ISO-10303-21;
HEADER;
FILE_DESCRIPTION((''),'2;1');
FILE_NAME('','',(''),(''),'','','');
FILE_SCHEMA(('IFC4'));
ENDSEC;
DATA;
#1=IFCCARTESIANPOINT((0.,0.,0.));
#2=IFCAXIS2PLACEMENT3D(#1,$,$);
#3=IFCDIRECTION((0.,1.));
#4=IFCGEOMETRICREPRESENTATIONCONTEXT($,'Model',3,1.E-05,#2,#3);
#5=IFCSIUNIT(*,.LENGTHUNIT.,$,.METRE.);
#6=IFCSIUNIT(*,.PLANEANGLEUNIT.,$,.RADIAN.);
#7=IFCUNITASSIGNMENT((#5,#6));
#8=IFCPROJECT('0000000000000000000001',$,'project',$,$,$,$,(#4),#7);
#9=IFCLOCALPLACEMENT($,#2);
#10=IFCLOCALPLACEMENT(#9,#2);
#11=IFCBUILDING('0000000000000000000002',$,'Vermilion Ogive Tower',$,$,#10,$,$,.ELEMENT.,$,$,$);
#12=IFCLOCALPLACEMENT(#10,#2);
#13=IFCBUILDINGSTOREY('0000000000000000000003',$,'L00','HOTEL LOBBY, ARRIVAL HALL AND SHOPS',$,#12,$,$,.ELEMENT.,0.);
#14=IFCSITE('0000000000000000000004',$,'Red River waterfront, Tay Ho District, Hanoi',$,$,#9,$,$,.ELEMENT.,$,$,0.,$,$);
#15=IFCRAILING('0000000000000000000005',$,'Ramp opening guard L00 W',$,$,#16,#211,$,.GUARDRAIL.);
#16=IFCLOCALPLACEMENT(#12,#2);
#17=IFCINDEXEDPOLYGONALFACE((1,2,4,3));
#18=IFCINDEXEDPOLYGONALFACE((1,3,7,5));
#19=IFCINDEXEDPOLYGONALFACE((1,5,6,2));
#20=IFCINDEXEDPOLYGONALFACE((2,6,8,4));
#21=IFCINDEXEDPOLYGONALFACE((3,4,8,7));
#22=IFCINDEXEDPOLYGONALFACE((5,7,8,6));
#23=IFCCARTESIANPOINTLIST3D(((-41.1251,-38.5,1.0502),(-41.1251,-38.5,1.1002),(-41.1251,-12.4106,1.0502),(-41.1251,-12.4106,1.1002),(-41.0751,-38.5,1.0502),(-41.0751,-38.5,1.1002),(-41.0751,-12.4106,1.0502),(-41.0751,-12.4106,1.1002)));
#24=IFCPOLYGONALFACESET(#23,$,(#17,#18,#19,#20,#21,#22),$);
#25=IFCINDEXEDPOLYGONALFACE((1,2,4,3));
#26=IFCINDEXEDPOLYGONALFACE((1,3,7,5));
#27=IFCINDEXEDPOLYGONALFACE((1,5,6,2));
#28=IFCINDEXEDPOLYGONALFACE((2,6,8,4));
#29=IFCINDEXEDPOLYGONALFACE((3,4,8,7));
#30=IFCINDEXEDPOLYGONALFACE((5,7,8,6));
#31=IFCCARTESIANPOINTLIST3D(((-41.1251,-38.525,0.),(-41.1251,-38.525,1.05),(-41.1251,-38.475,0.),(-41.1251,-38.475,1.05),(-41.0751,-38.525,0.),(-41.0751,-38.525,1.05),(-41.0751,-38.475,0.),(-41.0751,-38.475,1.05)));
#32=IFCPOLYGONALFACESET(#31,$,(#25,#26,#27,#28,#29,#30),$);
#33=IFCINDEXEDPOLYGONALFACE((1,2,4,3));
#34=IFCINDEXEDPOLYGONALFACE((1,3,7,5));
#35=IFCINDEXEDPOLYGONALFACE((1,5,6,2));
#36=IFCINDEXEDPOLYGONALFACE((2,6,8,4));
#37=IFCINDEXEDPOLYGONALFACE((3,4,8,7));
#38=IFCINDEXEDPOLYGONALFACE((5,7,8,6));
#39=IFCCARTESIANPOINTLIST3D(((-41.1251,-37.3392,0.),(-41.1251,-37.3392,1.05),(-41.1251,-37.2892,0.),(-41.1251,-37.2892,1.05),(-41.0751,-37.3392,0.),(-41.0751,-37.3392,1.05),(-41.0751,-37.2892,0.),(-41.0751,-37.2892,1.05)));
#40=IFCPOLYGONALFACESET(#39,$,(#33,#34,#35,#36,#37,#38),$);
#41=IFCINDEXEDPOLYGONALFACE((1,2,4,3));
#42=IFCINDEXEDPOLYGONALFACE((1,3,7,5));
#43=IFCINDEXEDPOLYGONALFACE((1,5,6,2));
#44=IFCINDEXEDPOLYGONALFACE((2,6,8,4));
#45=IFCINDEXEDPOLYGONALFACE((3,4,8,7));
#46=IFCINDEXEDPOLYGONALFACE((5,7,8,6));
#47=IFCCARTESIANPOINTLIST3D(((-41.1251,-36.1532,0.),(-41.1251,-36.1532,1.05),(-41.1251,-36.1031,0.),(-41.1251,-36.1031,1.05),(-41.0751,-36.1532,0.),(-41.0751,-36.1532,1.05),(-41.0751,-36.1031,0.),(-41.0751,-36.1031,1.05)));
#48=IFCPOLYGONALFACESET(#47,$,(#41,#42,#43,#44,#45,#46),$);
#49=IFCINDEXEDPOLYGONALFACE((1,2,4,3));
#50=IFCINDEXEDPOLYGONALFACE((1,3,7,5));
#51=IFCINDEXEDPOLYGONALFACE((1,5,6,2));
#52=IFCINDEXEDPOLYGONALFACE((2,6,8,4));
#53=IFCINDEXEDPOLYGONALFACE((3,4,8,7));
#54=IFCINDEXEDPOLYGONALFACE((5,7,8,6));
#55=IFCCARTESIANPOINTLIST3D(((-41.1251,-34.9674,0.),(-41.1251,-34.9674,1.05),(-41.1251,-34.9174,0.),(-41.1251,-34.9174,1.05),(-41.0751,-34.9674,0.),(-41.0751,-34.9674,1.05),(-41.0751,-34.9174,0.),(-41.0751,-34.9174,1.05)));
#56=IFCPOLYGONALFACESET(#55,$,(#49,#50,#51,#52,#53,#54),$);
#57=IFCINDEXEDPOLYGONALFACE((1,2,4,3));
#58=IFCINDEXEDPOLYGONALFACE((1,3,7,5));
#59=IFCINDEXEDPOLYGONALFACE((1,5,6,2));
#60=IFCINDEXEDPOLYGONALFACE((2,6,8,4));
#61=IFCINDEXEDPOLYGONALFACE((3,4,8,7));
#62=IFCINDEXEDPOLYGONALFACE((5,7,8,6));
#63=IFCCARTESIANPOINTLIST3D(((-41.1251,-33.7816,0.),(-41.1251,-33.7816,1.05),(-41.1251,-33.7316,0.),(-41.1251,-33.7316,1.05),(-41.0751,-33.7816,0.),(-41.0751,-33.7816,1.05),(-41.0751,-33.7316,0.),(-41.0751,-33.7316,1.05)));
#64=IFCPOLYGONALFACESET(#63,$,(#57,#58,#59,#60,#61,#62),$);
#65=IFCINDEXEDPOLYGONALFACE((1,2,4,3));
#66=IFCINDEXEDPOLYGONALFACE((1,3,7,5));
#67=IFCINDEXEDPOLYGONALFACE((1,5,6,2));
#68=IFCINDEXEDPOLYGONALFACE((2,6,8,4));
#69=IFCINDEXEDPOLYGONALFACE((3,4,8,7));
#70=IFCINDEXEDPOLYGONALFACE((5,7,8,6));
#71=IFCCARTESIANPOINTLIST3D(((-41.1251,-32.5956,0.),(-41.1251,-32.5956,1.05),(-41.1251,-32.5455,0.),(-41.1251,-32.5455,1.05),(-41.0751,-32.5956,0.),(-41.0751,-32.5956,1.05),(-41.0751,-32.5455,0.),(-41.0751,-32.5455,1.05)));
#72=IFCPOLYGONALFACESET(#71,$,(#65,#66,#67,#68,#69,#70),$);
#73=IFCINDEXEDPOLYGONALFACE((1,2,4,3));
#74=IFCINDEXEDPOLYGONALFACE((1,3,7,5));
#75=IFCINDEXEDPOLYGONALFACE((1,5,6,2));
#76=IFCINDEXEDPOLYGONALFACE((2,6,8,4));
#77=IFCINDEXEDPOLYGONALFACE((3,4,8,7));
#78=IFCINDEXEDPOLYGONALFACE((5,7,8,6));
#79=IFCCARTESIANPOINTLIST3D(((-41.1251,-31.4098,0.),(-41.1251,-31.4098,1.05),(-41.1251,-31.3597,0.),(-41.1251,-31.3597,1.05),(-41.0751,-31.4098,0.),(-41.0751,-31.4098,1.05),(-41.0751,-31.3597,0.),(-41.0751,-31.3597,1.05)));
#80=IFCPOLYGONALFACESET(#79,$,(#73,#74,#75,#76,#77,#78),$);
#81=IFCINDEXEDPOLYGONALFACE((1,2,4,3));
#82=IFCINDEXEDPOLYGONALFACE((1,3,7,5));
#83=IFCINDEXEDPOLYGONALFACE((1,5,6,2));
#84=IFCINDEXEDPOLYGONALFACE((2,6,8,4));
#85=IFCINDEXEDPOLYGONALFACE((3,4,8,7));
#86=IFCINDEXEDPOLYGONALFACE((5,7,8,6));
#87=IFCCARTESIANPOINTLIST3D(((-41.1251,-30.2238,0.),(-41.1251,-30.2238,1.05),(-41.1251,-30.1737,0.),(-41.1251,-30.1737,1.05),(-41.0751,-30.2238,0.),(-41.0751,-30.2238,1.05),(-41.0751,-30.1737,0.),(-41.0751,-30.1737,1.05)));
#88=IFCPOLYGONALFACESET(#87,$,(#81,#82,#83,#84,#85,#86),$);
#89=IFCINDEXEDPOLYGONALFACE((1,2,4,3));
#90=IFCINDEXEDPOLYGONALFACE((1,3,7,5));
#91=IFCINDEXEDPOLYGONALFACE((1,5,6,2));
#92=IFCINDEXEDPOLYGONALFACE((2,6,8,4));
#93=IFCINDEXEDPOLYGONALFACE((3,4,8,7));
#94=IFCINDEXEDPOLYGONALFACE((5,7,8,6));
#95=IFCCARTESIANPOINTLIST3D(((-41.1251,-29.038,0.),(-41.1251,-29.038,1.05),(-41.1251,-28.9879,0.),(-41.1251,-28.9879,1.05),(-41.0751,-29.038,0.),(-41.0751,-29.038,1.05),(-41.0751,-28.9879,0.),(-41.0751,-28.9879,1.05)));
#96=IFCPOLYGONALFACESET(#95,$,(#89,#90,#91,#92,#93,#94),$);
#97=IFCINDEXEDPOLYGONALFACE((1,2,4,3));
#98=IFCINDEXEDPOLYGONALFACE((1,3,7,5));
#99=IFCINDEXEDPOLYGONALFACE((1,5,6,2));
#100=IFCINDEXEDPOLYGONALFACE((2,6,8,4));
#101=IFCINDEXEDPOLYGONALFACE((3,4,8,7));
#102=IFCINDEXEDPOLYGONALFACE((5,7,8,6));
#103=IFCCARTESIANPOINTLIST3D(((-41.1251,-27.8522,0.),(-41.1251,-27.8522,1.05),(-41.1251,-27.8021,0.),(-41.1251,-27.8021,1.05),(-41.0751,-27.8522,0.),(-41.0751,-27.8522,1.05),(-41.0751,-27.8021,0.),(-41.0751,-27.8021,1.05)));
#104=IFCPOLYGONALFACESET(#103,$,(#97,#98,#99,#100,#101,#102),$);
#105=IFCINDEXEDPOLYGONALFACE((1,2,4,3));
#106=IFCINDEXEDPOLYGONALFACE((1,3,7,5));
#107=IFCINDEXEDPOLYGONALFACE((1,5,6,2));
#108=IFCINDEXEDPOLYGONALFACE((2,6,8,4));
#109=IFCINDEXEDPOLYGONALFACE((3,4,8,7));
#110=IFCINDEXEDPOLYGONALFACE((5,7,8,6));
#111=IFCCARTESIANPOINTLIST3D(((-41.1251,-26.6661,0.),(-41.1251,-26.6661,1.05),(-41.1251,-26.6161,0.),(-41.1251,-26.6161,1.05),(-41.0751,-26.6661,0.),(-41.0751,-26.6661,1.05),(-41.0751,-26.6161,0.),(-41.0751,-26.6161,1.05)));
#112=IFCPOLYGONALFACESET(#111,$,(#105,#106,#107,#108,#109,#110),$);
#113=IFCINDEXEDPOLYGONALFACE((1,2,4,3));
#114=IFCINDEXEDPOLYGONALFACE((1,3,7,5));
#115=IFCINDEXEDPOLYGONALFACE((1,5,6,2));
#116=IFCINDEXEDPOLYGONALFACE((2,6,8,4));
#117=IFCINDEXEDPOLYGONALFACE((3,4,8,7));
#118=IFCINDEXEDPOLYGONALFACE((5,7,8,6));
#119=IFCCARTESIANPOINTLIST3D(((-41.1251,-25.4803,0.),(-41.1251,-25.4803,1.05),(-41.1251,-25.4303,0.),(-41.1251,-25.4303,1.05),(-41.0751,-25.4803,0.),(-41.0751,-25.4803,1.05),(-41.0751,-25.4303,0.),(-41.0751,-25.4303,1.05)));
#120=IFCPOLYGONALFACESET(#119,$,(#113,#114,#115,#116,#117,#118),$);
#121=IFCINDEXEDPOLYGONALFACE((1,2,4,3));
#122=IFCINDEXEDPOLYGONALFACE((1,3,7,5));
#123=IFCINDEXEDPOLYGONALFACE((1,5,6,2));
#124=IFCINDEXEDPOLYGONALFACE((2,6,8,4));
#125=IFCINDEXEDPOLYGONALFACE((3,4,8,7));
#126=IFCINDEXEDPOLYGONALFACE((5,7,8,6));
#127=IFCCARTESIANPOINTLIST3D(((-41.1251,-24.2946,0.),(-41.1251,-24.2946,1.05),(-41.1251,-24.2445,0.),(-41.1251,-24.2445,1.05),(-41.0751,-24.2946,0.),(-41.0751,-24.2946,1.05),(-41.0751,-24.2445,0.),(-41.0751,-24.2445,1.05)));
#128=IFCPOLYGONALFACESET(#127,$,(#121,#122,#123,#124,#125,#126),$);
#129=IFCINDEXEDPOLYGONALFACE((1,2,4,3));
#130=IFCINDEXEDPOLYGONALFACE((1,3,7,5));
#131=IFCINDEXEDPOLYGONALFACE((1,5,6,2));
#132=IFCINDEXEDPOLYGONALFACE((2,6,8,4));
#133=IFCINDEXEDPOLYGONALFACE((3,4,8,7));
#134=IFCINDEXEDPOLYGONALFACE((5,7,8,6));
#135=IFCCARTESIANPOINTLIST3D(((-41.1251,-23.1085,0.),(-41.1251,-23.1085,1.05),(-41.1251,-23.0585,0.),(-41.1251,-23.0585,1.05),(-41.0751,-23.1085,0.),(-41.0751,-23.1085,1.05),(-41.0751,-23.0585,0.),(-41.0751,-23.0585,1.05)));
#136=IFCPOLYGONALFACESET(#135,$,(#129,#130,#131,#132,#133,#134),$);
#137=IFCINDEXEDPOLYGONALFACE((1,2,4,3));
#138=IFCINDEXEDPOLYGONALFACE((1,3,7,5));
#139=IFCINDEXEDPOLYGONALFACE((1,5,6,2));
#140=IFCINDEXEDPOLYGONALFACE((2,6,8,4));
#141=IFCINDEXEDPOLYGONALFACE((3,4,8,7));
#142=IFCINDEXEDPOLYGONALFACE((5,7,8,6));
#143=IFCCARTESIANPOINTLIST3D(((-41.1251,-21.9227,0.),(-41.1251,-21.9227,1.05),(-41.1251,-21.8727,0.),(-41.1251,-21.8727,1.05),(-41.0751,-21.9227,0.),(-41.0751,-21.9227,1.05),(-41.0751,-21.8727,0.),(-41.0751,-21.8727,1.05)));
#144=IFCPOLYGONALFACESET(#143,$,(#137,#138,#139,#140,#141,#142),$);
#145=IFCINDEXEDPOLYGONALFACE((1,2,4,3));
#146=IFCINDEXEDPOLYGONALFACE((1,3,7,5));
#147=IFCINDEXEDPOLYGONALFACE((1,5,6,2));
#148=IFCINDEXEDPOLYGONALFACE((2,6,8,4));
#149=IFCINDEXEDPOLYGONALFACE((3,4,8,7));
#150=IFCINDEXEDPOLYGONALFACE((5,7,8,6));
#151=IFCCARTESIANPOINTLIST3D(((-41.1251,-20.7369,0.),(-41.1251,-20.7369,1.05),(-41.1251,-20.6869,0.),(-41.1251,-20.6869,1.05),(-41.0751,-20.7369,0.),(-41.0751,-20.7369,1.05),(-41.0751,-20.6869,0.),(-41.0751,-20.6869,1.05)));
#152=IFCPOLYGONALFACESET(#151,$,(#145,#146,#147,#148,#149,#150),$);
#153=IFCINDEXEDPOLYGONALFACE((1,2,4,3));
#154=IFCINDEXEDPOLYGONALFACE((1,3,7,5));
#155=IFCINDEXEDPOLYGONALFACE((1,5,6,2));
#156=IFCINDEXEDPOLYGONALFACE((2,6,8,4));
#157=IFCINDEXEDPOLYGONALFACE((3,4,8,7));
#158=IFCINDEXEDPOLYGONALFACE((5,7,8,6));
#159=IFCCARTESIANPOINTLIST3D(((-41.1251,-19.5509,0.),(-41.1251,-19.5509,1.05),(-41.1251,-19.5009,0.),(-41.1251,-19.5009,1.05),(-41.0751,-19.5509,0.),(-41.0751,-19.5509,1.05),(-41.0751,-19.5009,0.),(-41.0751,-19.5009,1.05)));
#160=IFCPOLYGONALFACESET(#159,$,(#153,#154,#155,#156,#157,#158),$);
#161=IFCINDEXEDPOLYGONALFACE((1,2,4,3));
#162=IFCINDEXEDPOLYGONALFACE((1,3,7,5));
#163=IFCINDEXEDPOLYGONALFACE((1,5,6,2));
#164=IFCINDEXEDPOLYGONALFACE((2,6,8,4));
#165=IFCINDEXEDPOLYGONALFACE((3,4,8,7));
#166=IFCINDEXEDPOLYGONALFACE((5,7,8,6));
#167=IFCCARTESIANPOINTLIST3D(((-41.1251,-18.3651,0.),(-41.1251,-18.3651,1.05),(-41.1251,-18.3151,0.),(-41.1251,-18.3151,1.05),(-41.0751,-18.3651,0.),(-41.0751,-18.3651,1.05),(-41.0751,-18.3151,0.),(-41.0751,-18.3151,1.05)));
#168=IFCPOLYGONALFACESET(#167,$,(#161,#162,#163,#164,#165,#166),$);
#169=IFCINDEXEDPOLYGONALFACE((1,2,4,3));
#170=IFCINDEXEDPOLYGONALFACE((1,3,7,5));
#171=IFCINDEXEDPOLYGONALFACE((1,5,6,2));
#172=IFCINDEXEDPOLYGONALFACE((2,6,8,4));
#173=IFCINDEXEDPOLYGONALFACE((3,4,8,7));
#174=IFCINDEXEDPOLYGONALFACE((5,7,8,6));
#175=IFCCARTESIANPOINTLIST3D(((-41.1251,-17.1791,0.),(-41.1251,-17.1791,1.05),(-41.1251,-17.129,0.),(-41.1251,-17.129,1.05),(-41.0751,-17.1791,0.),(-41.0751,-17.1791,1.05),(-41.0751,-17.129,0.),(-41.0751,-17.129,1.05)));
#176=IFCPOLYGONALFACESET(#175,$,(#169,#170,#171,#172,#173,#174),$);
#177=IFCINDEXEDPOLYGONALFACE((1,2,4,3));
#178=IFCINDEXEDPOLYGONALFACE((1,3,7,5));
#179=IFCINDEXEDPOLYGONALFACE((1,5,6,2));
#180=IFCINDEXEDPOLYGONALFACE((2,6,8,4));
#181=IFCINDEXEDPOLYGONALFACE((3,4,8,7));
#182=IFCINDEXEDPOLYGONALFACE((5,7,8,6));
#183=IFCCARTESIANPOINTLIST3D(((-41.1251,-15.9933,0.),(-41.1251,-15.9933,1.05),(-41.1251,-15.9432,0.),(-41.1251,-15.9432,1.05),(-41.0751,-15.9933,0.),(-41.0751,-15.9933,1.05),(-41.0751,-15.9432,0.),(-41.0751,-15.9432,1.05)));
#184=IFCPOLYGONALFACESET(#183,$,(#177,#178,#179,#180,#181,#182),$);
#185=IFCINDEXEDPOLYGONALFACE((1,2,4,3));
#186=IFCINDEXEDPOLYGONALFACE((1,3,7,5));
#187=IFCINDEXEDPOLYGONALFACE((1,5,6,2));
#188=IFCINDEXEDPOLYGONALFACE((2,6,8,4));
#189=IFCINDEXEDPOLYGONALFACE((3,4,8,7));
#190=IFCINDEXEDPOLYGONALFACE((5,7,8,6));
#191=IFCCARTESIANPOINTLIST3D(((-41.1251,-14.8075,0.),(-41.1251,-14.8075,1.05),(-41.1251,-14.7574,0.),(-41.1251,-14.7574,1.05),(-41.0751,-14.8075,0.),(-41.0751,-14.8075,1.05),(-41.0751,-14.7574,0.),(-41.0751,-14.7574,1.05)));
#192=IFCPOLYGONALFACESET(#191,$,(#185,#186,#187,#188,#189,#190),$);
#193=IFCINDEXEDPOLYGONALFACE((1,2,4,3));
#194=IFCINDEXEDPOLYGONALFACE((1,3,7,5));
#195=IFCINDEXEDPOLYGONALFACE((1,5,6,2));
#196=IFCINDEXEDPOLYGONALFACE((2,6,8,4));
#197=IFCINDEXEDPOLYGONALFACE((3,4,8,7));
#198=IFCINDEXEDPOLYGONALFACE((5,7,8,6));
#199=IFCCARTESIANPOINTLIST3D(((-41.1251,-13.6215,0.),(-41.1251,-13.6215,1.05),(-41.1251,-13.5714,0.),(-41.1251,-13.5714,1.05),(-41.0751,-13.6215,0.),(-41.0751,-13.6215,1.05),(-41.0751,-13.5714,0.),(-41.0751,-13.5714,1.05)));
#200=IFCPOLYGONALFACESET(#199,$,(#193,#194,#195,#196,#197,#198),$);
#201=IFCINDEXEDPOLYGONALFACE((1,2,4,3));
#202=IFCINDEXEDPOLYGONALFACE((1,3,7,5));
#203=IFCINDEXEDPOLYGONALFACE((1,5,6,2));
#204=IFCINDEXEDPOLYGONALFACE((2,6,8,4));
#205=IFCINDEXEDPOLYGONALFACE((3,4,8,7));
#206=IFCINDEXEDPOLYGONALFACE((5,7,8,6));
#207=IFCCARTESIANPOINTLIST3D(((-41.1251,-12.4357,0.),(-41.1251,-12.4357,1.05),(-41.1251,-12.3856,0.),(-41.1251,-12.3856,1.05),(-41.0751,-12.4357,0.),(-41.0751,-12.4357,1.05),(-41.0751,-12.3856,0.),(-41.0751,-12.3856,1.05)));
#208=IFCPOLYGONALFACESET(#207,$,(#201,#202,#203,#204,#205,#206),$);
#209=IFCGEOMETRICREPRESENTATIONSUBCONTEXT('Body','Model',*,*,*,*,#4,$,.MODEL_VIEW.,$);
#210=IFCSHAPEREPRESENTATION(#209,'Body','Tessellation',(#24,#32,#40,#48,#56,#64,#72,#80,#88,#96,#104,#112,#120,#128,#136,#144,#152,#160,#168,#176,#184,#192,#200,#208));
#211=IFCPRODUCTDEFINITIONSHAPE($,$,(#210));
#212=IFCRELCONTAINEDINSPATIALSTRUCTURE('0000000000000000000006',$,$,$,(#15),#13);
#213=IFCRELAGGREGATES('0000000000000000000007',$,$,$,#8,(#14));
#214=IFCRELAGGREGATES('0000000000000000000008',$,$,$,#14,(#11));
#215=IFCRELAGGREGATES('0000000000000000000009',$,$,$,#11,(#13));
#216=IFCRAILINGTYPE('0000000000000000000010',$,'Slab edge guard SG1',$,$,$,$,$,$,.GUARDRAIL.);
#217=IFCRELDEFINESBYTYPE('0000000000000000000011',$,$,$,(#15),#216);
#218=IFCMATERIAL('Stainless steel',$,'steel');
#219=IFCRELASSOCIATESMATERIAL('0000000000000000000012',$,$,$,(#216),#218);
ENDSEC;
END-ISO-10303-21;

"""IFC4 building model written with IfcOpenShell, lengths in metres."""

from ifc_helpers import new_model, si_unit, direction, frame, origin, origin_2d, place, context, subcontext, project, spatial, rectangle, extrude, material, type_object, element, save


model = new_model("IFC4")

# Units and contexts
model_context = context("Model", 3, precision=1e-05, world=origin(), true_north=direction((0.0, 1.0)))
body_context = subcontext(model_context, "Body", "Model", "MODEL_VIEW")
ifc_project = project(units=[si_unit("LENGTHUNIT", "METRE"), si_unit("PLANEANGLEUNIT", "RADIAN")], contexts=[model_context])

# Site, building, storey
site_placement = place(None, origin())
site = spatial("IfcSite", under=ifc_project, at=site_placement, Name="Red River waterfront, Tay Ho District, Hanoi", CompositionType="ELEMENT", RefElevation=0.0)
building_placement = place(site_placement, origin())
building = spatial("IfcBuilding", under=site, at=building_placement, Name="Vermilion Ogive Tower", CompositionType="ELEMENT")
storey_placement = place(building_placement, origin())
storey = spatial("IfcBuildingStorey", under=building, at=storey_placement, Name="L00", Description="HOTEL LOBBY, ARRIVAL HALL AND SHOPS", CompositionType="ELEMENT", Elevation=0.0)

# Railing
ifc_material_1 = material(Name="Stainless steel", Category="steel")
railing_type_1 = type_object("IfcRailingType", Name="Slab edge guard SG1", PredefinedType="GUARDRAIL", material=ifc_material_1)
railing_1_placement = place(storey_placement, frame((-41.1001, -38.5, 0.0)))
element("IfcRailing", 1, at=railing_1_placement, inside=storey, type_object=railing_type_1, Name="Ramp opening guard L00 W", PredefinedType="GUARDRAIL", context=body_context, shape_type="SweptSolid", body=[
    extrude(rectangle(XDim=0.05, YDim=0.05, at=origin_2d()), frame((0.0, 0.0, 1.0752), z_axis=(0.0, 1.0, 0.0), x_axis=(-1.0, 0.0, 0.0)), (0.0, 0.0, 1.0), 26.0894),
    extrude(rectangle(XDim=0.05, YDim=0.05, at=origin_2d()), origin(), (0.0, 0.0, 1.0), 1.05),
    extrude(rectangle(XDim=0.05, YDim=0.05, at=origin_2d()), frame((0.0, 1.1858, 0.0)), (0.0, 0.0, 1.0), 1.05),
    extrude(rectangle(XDim=0.05, YDim=0.05, at=origin_2d()), frame((0.0, 2.3718, 0.0)), (0.0, 0.0, 1.0), 1.05),
    extrude(rectangle(XDim=0.05, YDim=0.05, at=origin_2d()), frame((0.0, 3.5576, 0.0)), (0.0, 0.0, 1.0), 1.05),
    extrude(rectangle(XDim=0.05, YDim=0.05, at=origin_2d()), frame((0.0, 4.7434, 0.0)), (0.0, 0.0, 1.0), 1.05),
    extrude(rectangle(XDim=0.05, YDim=0.05, at=origin_2d()), frame((0.0, 5.9294, 0.0)), (0.0, 0.0, 1.0), 1.05),
    extrude(rectangle(XDim=0.05, YDim=0.05, at=origin_2d()), frame((0.0, 7.1152, 0.0)), (0.0, 0.0, 1.0), 1.05),
    extrude(rectangle(XDim=0.05, YDim=0.05, at=origin_2d()), frame((0.0, 8.3013, 0.0)), (0.0, 0.0, 1.0), 1.05),
    extrude(rectangle(XDim=0.05, YDim=0.05, at=origin_2d()), frame((0.0, 9.4871, 0.0)), (0.0, 0.0, 1.0), 1.05),
    extrude(rectangle(XDim=0.05, YDim=0.05, at=origin_2d()), frame((0.0, 10.6729, 0.0)), (0.0, 0.0, 1.0), 1.05),
    extrude(rectangle(XDim=0.05, YDim=0.05, at=origin_2d()), frame((0.0, 11.8589, 0.0)), (0.0, 0.0, 1.0), 1.05),
    extrude(rectangle(XDim=0.05, YDim=0.05, at=origin_2d()), frame((0.0, 13.0447, 0.0)), (0.0, 0.0, 1.0), 1.05),
    extrude(rectangle(XDim=0.05, YDim=0.05, at=origin_2d()), frame((0.0, 14.2305, 0.0)), (0.0, 0.0, 1.0), 1.05),
    extrude(rectangle(XDim=0.05, YDim=0.05, at=origin_2d()), frame((0.0, 15.4165, 0.0)), (0.0, 0.0, 1.0), 1.05),
    extrude(rectangle(XDim=0.05, YDim=0.05, at=origin_2d()), frame((0.0, 16.6023, 0.0)), (0.0, 0.0, 1.0), 1.05),
    extrude(rectangle(XDim=0.05, YDim=0.05, at=origin_2d()), frame((0.0, 17.7881, 0.0)), (0.0, 0.0, 1.0), 1.05),
    extrude(rectangle(XDim=0.05, YDim=0.05, at=origin_2d()), frame((0.0, 18.9741, 0.0)), (0.0, 0.0, 1.0), 1.05),
    extrude(rectangle(XDim=0.05, YDim=0.05, at=origin_2d()), frame((0.0, 20.1599, 0.0)), (0.0, 0.0, 1.0), 1.05),
    extrude(rectangle(XDim=0.05, YDim=0.05, at=origin_2d()), frame((0.0, 21.3459, 0.0)), (0.0, 0.0, 1.0), 1.05),
    extrude(rectangle(XDim=0.05, YDim=0.05, at=origin_2d()), frame((0.0, 22.5317, 0.0)), (0.0, 0.0, 1.0), 1.05),
    extrude(rectangle(XDim=0.05, YDim=0.05, at=origin_2d()), frame((0.0, 23.7175, 0.0)), (0.0, 0.0, 1.0), 1.05),
    extrude(rectangle(XDim=0.05, YDim=0.05, at=origin_2d()), frame((0.0, 24.9036, 0.0)), (0.0, 0.0, 1.0), 1.05),
    extrude(rectangle(XDim=0.05, YDim=0.05, at=origin_2d()), frame((0.0, 26.0894, 0.0)), (0.0, 0.0, 1.0), 1.05),
])

save(model, "model.ifc")
